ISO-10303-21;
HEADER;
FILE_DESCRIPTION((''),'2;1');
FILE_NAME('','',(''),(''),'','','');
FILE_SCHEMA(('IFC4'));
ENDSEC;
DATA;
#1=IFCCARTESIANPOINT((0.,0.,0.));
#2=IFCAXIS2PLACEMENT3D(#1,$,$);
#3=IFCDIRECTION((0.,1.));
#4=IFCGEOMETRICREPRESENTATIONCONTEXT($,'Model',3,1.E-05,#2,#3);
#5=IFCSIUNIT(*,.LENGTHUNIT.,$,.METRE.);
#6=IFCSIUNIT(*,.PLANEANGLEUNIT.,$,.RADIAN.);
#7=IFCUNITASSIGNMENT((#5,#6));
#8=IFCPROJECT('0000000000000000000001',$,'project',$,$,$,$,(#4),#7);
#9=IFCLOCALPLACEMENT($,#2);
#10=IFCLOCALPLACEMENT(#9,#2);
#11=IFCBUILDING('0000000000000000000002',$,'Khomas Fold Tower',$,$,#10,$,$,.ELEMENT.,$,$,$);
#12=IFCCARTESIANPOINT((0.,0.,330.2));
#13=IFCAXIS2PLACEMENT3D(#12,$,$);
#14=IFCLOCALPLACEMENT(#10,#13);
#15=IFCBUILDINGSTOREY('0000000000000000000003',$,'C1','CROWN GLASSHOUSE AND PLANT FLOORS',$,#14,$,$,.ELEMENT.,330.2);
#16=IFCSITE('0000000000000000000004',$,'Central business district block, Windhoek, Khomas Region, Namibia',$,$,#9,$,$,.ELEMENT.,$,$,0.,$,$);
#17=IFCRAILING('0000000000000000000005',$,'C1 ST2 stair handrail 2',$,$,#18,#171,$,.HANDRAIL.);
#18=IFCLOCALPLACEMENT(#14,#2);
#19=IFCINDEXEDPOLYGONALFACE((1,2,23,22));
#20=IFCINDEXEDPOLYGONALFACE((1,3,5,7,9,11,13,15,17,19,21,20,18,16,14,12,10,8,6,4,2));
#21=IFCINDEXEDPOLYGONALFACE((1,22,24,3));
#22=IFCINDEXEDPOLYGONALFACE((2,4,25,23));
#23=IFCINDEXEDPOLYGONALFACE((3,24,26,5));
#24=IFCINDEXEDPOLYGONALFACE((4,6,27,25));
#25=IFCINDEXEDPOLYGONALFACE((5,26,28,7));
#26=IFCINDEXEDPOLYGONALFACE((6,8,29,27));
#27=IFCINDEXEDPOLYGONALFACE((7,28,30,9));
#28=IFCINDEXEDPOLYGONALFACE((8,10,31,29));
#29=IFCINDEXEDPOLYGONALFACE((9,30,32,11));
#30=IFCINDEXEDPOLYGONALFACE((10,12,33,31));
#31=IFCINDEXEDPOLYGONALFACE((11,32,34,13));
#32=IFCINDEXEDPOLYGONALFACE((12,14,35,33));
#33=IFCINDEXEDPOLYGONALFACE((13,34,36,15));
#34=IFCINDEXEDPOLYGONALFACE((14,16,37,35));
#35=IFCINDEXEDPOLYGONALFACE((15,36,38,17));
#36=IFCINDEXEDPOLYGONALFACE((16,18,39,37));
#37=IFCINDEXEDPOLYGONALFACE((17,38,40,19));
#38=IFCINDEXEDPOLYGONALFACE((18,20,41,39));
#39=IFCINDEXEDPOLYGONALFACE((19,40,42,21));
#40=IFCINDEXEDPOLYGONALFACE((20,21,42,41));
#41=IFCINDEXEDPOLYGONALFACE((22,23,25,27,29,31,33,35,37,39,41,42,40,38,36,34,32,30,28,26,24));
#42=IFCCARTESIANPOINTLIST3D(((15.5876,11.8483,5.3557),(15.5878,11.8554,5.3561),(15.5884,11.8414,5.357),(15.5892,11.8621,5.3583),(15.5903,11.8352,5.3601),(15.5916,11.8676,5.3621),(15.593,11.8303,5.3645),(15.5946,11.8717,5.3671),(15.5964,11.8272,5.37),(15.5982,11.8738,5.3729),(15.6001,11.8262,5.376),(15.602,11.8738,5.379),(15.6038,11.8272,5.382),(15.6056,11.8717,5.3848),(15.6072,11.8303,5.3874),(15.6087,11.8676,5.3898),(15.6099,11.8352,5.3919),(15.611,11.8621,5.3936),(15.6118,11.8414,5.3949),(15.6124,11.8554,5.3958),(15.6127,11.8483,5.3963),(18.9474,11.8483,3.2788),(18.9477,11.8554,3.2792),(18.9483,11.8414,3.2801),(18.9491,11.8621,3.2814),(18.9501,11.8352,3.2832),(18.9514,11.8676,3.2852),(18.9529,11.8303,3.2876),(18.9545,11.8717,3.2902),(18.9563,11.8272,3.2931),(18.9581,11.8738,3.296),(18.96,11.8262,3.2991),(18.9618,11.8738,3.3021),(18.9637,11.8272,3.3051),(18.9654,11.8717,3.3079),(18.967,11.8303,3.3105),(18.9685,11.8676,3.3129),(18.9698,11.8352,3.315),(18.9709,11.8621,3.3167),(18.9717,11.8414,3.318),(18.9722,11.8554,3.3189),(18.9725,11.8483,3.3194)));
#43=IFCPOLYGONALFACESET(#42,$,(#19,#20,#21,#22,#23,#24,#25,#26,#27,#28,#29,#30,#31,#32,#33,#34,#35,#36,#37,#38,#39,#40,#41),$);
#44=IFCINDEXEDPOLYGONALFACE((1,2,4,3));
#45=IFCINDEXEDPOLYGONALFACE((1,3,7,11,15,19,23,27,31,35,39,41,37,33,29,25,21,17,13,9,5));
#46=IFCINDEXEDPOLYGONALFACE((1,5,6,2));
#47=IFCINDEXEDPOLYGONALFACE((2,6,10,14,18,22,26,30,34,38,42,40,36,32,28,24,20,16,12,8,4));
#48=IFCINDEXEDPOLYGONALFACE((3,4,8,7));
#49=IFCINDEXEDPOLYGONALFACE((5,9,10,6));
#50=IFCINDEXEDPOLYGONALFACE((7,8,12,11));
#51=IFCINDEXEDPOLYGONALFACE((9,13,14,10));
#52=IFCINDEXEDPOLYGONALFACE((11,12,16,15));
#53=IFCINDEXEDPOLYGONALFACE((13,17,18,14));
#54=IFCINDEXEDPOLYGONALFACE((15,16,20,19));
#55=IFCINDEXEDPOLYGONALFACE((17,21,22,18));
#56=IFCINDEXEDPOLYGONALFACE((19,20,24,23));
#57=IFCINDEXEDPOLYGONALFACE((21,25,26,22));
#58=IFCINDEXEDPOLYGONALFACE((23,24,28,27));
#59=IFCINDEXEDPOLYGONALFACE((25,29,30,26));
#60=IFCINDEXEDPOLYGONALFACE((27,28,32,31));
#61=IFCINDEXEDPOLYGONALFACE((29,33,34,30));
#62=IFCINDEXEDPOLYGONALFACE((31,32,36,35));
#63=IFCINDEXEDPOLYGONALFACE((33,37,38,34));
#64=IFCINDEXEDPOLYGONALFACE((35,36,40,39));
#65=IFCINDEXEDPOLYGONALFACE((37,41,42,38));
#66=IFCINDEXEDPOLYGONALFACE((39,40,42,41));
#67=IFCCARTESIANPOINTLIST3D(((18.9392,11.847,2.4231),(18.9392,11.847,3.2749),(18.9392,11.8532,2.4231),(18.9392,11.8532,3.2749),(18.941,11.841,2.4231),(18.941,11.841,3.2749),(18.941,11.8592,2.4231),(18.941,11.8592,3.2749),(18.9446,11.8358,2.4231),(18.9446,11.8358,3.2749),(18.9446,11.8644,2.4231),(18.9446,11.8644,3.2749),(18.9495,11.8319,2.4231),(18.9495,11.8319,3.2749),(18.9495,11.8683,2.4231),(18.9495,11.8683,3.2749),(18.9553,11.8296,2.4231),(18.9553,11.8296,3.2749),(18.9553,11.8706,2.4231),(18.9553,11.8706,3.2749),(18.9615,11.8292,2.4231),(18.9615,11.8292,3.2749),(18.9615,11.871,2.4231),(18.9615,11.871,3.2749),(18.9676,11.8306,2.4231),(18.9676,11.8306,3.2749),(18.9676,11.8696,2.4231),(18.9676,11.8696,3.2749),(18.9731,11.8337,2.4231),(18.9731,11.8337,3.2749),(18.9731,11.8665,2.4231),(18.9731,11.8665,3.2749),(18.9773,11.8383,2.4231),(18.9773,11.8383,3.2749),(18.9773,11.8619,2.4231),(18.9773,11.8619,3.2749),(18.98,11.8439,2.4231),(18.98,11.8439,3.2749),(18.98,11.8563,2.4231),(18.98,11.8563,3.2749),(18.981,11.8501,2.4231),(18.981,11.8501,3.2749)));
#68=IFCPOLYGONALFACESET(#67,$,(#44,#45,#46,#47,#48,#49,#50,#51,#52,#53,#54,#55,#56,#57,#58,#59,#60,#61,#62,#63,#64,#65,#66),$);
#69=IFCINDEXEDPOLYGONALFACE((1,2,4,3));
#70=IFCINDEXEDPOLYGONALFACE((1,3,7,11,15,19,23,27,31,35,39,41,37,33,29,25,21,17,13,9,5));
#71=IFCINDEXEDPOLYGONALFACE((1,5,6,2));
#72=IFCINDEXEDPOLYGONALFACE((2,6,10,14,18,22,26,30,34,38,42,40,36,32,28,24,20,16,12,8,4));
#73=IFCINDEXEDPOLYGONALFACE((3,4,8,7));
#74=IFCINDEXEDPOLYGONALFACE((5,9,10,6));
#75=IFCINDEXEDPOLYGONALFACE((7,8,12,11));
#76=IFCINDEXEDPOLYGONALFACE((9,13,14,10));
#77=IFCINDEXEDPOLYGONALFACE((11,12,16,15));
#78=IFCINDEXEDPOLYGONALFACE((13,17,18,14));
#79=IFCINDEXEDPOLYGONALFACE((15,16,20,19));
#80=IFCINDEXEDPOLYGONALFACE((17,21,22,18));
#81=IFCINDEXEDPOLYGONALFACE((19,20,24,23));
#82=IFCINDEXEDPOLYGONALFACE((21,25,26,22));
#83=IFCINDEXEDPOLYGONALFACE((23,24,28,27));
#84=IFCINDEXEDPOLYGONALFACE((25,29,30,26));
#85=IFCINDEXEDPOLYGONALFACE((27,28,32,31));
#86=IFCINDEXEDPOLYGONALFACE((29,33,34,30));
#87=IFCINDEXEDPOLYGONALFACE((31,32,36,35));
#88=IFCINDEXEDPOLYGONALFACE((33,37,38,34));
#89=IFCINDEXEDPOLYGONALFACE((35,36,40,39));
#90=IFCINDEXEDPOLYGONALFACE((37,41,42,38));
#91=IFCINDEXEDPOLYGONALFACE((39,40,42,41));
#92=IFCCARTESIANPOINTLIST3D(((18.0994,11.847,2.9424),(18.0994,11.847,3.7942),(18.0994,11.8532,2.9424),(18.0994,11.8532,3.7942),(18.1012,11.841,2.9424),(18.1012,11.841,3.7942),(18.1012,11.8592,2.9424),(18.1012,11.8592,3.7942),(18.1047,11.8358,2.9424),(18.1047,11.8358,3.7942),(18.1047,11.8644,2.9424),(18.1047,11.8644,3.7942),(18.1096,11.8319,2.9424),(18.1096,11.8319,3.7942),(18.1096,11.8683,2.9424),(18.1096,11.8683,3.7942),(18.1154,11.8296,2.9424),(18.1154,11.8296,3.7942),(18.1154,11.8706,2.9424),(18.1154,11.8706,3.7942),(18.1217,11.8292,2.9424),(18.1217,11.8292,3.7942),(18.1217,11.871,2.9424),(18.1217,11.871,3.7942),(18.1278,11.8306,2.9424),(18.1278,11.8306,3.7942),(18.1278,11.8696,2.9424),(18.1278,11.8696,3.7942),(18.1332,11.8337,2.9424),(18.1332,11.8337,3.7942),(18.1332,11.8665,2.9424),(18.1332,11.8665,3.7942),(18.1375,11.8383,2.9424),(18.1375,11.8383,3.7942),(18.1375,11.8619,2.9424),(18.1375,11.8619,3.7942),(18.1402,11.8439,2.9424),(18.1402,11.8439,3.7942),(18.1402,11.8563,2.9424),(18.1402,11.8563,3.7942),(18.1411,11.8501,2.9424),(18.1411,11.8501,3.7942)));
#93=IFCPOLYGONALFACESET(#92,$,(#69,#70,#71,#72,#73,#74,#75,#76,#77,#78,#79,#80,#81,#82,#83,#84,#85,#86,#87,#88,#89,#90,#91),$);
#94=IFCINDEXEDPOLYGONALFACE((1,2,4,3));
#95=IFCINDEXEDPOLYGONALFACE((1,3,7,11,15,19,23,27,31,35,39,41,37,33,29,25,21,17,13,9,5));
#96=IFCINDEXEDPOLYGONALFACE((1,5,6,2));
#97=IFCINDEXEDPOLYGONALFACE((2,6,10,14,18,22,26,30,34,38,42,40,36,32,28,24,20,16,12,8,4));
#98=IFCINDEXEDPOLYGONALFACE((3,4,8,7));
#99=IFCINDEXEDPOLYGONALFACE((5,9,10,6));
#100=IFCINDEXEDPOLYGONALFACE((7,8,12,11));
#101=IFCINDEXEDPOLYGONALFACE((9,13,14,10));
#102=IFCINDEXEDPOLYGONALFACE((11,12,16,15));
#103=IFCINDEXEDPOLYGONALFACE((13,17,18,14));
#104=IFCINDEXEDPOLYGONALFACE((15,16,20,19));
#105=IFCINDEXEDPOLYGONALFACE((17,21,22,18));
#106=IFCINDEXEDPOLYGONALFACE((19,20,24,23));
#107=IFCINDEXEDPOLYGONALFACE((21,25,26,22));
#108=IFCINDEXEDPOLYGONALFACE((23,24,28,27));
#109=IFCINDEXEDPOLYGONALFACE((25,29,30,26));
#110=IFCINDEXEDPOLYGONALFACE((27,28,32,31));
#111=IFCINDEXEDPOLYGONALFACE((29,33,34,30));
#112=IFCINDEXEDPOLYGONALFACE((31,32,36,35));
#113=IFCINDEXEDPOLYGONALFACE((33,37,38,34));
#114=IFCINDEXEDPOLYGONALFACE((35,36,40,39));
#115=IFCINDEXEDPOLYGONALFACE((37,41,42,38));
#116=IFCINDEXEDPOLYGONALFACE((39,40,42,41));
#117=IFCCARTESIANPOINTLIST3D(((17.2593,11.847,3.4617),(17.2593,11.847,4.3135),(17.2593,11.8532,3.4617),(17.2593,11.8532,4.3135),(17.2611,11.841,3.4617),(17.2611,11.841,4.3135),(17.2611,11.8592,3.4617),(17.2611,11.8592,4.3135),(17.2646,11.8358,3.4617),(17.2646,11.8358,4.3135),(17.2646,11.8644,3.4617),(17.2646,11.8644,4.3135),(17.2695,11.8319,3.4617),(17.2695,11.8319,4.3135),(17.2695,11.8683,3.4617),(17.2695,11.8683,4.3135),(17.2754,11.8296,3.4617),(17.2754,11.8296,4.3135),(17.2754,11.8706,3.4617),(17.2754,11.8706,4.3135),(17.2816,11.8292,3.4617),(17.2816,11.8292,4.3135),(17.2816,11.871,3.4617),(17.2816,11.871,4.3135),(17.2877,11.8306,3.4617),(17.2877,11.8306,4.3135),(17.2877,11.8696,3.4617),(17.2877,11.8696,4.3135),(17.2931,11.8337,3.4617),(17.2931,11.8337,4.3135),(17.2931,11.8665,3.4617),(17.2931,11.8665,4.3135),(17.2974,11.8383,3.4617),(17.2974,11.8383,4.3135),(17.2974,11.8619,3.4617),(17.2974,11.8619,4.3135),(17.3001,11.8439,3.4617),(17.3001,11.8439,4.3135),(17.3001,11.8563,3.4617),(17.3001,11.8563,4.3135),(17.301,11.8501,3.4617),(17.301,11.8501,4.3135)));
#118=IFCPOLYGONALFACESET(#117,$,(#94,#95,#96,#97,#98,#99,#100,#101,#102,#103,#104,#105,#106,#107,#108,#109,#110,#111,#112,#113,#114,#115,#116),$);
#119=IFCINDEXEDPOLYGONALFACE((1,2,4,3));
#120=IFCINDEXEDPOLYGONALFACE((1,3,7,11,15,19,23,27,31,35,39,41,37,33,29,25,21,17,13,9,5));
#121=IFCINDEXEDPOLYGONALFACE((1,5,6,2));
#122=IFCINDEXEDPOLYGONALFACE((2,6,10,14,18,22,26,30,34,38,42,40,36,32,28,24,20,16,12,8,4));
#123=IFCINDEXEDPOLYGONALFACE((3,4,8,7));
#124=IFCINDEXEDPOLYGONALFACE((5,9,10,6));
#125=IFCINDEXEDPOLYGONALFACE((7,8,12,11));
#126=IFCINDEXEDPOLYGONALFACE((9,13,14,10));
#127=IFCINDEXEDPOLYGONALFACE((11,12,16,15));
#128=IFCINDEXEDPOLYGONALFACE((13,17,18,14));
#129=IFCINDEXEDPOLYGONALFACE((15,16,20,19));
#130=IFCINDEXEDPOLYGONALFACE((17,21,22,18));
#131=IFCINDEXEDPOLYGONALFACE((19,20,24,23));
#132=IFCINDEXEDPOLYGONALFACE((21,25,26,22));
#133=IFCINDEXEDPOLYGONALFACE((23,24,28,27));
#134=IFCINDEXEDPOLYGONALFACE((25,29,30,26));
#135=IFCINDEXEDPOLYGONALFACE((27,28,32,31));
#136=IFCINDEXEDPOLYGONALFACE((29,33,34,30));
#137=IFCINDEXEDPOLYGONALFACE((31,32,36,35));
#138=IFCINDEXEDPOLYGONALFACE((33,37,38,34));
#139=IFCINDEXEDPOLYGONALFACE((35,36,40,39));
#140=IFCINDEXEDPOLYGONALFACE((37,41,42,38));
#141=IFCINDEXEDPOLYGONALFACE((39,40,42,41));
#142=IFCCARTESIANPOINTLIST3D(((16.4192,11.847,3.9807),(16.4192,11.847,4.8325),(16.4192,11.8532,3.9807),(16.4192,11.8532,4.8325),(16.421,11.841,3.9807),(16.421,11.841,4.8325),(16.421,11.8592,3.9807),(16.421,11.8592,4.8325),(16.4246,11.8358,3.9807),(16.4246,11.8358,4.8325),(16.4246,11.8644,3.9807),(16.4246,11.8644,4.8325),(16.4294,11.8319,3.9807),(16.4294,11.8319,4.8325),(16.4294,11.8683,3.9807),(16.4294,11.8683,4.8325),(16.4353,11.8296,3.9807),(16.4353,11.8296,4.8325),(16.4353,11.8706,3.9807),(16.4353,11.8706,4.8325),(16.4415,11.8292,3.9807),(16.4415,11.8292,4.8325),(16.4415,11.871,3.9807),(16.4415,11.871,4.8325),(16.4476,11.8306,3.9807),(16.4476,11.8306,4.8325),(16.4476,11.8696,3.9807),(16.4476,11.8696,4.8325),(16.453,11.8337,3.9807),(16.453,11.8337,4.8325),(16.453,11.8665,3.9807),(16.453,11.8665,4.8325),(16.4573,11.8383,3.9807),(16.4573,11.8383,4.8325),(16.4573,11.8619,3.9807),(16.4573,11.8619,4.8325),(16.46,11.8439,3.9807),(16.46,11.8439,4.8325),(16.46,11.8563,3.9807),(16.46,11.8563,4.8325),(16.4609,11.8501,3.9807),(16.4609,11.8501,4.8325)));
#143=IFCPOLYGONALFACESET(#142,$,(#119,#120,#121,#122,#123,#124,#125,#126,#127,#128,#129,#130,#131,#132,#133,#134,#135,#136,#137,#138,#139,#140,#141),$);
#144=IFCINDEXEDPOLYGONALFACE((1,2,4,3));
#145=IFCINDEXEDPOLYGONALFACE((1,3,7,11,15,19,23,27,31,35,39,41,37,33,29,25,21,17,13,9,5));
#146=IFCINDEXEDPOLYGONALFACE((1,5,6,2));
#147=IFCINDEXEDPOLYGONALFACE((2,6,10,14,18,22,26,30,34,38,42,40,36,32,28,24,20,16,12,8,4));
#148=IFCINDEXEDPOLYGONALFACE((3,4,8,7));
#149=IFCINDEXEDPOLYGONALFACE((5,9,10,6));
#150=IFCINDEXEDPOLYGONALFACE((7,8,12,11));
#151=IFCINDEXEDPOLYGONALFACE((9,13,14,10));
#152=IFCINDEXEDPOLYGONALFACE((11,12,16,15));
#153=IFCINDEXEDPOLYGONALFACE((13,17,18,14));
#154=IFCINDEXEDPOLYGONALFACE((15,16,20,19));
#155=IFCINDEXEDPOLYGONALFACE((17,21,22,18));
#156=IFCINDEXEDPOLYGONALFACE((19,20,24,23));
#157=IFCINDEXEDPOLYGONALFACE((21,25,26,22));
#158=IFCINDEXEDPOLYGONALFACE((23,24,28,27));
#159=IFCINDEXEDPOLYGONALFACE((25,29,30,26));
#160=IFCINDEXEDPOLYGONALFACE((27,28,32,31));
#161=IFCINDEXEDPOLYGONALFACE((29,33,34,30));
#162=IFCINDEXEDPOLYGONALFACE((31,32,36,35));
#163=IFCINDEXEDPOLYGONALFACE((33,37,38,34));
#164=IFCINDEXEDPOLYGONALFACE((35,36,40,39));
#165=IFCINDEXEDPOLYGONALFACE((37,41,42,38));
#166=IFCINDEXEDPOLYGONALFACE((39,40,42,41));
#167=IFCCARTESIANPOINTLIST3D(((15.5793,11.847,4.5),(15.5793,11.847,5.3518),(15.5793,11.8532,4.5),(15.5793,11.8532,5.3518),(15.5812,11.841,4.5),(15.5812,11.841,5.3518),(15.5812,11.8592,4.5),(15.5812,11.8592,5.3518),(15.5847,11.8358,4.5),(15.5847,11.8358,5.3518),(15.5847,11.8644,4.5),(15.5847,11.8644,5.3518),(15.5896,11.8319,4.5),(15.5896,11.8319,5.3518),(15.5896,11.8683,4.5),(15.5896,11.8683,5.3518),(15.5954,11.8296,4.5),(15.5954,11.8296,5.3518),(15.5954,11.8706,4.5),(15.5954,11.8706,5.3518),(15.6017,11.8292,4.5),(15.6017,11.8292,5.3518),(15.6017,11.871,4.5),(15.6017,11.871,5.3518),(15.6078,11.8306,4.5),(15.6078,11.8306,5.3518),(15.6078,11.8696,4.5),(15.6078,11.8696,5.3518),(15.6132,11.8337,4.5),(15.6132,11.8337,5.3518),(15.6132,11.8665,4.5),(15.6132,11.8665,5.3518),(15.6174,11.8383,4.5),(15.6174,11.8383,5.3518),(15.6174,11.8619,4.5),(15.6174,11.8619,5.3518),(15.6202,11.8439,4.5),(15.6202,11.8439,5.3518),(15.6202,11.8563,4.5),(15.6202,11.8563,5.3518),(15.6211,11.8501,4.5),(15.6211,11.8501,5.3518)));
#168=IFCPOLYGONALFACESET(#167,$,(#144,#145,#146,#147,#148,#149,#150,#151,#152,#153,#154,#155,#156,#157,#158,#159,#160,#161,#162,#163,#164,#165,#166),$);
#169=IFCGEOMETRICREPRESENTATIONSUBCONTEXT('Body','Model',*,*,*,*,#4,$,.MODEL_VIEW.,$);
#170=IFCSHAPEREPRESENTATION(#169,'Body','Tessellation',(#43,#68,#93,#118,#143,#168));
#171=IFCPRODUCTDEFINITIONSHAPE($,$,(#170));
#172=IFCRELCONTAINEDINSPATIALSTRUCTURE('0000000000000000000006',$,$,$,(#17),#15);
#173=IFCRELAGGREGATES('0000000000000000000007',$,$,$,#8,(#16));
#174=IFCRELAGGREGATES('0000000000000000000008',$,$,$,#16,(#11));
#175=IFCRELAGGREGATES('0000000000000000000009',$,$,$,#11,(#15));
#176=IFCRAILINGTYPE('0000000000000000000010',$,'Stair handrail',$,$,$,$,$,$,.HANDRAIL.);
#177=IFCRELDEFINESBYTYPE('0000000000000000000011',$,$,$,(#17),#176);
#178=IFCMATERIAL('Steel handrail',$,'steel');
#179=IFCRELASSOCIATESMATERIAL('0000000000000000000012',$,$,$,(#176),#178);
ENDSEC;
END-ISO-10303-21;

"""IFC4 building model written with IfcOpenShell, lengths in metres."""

from ifc_helpers import new_model, si_unit, direction, frame, origin, origin_2d, place, context, subcontext, project, spatial, circle, extrude, source, transform, mapped, material, type_object, element, save


model = new_model("IFC4")

# Units and contexts
model_context = context("Model", 3, precision=1e-05, world=origin(), true_north=direction((0.0, 1.0)))
body_context = subcontext(model_context, "Body", "Model", "MODEL_VIEW")
ifc_project = project(units=[si_unit("LENGTHUNIT", "METRE"), si_unit("PLANEANGLEUNIT", "RADIAN")], contexts=[model_context])

# Site, building, storey
site_placement = place(None, origin())
site = spatial("IfcSite", under=ifc_project, at=site_placement, Name="Central business district block, Windhoek, Khomas Region, Namibia", CompositionType="ELEMENT", RefElevation=0.0)
building_placement = place(site_placement, origin())
building = spatial("IfcBuilding", under=site, at=building_placement, Name="Khomas Fold Tower", CompositionType="ELEMENT")
storey_placement = place(building_placement, frame((0.0, 0.0, 330.2)))
storey = spatial("IfcBuildingStorey", under=building, at=storey_placement, Name="C1", Description="CROWN GLASSHOUSE AND PLANT FLOORS", CompositionType="ELEMENT", Elevation=330.2)

# Railing
ifc_material_1 = material(Name="Steel handrail", Category="steel")
railing_type_1 = type_object("IfcRailingType", Name="Stair handrail", PredefinedType="HANDRAIL", material=ifc_material_1)
shared_shape_1 = source(origin(), body_context, "Body", "SweptSolid", [
    extrude(circle(Radius=0.0239, at=origin_2d()), frame((0.0, 0.0, 0.876), z_axis=(-0.850606, 0.0, 0.525803), x_axis=(0.0, -1.0, 0.0)), (0.0, 0.0, 1.0), 3.95),
    extrude(circle(Radius=0.021, at=origin_2d()), origin(), (0.0, 0.0, 1.0), 0.8518),
    extrude(circle(Radius=0.021, at=origin_2d()), frame((-0.8398, 0.0, 0.5193)), (0.0, 0.0, 1.0), 0.8518),
    extrude(circle(Radius=0.021, at=origin_2d()), frame((-1.6799, 0.0, 1.0386)), (0.0, 0.0, 1.0), 0.8518),
    extrude(circle(Radius=0.021, at=origin_2d()), frame((-2.52, 0.0, 1.5576)), (0.0, 0.0, 1.0), 0.8518),
    extrude(circle(Radius=0.021, at=origin_2d()), frame((-3.3599, 0.0, 2.0769)), (0.0, 0.0, 1.0), 0.8518),
])
railing_1_placement = place(storey_placement, frame((18.96, 11.8501, 2.4231)))
element("IfcRailing", 1, at=railing_1_placement, inside=storey, type_object=railing_type_1, Name="C1 ST2 stair handrail 2", PredefinedType="HANDRAIL", context=body_context, shape_type="MappedRepresentation", body=[
    mapped(shared_shape_1, transform((0.0, 0.0, 0.0))),
])

save(model, "model.ifc")
